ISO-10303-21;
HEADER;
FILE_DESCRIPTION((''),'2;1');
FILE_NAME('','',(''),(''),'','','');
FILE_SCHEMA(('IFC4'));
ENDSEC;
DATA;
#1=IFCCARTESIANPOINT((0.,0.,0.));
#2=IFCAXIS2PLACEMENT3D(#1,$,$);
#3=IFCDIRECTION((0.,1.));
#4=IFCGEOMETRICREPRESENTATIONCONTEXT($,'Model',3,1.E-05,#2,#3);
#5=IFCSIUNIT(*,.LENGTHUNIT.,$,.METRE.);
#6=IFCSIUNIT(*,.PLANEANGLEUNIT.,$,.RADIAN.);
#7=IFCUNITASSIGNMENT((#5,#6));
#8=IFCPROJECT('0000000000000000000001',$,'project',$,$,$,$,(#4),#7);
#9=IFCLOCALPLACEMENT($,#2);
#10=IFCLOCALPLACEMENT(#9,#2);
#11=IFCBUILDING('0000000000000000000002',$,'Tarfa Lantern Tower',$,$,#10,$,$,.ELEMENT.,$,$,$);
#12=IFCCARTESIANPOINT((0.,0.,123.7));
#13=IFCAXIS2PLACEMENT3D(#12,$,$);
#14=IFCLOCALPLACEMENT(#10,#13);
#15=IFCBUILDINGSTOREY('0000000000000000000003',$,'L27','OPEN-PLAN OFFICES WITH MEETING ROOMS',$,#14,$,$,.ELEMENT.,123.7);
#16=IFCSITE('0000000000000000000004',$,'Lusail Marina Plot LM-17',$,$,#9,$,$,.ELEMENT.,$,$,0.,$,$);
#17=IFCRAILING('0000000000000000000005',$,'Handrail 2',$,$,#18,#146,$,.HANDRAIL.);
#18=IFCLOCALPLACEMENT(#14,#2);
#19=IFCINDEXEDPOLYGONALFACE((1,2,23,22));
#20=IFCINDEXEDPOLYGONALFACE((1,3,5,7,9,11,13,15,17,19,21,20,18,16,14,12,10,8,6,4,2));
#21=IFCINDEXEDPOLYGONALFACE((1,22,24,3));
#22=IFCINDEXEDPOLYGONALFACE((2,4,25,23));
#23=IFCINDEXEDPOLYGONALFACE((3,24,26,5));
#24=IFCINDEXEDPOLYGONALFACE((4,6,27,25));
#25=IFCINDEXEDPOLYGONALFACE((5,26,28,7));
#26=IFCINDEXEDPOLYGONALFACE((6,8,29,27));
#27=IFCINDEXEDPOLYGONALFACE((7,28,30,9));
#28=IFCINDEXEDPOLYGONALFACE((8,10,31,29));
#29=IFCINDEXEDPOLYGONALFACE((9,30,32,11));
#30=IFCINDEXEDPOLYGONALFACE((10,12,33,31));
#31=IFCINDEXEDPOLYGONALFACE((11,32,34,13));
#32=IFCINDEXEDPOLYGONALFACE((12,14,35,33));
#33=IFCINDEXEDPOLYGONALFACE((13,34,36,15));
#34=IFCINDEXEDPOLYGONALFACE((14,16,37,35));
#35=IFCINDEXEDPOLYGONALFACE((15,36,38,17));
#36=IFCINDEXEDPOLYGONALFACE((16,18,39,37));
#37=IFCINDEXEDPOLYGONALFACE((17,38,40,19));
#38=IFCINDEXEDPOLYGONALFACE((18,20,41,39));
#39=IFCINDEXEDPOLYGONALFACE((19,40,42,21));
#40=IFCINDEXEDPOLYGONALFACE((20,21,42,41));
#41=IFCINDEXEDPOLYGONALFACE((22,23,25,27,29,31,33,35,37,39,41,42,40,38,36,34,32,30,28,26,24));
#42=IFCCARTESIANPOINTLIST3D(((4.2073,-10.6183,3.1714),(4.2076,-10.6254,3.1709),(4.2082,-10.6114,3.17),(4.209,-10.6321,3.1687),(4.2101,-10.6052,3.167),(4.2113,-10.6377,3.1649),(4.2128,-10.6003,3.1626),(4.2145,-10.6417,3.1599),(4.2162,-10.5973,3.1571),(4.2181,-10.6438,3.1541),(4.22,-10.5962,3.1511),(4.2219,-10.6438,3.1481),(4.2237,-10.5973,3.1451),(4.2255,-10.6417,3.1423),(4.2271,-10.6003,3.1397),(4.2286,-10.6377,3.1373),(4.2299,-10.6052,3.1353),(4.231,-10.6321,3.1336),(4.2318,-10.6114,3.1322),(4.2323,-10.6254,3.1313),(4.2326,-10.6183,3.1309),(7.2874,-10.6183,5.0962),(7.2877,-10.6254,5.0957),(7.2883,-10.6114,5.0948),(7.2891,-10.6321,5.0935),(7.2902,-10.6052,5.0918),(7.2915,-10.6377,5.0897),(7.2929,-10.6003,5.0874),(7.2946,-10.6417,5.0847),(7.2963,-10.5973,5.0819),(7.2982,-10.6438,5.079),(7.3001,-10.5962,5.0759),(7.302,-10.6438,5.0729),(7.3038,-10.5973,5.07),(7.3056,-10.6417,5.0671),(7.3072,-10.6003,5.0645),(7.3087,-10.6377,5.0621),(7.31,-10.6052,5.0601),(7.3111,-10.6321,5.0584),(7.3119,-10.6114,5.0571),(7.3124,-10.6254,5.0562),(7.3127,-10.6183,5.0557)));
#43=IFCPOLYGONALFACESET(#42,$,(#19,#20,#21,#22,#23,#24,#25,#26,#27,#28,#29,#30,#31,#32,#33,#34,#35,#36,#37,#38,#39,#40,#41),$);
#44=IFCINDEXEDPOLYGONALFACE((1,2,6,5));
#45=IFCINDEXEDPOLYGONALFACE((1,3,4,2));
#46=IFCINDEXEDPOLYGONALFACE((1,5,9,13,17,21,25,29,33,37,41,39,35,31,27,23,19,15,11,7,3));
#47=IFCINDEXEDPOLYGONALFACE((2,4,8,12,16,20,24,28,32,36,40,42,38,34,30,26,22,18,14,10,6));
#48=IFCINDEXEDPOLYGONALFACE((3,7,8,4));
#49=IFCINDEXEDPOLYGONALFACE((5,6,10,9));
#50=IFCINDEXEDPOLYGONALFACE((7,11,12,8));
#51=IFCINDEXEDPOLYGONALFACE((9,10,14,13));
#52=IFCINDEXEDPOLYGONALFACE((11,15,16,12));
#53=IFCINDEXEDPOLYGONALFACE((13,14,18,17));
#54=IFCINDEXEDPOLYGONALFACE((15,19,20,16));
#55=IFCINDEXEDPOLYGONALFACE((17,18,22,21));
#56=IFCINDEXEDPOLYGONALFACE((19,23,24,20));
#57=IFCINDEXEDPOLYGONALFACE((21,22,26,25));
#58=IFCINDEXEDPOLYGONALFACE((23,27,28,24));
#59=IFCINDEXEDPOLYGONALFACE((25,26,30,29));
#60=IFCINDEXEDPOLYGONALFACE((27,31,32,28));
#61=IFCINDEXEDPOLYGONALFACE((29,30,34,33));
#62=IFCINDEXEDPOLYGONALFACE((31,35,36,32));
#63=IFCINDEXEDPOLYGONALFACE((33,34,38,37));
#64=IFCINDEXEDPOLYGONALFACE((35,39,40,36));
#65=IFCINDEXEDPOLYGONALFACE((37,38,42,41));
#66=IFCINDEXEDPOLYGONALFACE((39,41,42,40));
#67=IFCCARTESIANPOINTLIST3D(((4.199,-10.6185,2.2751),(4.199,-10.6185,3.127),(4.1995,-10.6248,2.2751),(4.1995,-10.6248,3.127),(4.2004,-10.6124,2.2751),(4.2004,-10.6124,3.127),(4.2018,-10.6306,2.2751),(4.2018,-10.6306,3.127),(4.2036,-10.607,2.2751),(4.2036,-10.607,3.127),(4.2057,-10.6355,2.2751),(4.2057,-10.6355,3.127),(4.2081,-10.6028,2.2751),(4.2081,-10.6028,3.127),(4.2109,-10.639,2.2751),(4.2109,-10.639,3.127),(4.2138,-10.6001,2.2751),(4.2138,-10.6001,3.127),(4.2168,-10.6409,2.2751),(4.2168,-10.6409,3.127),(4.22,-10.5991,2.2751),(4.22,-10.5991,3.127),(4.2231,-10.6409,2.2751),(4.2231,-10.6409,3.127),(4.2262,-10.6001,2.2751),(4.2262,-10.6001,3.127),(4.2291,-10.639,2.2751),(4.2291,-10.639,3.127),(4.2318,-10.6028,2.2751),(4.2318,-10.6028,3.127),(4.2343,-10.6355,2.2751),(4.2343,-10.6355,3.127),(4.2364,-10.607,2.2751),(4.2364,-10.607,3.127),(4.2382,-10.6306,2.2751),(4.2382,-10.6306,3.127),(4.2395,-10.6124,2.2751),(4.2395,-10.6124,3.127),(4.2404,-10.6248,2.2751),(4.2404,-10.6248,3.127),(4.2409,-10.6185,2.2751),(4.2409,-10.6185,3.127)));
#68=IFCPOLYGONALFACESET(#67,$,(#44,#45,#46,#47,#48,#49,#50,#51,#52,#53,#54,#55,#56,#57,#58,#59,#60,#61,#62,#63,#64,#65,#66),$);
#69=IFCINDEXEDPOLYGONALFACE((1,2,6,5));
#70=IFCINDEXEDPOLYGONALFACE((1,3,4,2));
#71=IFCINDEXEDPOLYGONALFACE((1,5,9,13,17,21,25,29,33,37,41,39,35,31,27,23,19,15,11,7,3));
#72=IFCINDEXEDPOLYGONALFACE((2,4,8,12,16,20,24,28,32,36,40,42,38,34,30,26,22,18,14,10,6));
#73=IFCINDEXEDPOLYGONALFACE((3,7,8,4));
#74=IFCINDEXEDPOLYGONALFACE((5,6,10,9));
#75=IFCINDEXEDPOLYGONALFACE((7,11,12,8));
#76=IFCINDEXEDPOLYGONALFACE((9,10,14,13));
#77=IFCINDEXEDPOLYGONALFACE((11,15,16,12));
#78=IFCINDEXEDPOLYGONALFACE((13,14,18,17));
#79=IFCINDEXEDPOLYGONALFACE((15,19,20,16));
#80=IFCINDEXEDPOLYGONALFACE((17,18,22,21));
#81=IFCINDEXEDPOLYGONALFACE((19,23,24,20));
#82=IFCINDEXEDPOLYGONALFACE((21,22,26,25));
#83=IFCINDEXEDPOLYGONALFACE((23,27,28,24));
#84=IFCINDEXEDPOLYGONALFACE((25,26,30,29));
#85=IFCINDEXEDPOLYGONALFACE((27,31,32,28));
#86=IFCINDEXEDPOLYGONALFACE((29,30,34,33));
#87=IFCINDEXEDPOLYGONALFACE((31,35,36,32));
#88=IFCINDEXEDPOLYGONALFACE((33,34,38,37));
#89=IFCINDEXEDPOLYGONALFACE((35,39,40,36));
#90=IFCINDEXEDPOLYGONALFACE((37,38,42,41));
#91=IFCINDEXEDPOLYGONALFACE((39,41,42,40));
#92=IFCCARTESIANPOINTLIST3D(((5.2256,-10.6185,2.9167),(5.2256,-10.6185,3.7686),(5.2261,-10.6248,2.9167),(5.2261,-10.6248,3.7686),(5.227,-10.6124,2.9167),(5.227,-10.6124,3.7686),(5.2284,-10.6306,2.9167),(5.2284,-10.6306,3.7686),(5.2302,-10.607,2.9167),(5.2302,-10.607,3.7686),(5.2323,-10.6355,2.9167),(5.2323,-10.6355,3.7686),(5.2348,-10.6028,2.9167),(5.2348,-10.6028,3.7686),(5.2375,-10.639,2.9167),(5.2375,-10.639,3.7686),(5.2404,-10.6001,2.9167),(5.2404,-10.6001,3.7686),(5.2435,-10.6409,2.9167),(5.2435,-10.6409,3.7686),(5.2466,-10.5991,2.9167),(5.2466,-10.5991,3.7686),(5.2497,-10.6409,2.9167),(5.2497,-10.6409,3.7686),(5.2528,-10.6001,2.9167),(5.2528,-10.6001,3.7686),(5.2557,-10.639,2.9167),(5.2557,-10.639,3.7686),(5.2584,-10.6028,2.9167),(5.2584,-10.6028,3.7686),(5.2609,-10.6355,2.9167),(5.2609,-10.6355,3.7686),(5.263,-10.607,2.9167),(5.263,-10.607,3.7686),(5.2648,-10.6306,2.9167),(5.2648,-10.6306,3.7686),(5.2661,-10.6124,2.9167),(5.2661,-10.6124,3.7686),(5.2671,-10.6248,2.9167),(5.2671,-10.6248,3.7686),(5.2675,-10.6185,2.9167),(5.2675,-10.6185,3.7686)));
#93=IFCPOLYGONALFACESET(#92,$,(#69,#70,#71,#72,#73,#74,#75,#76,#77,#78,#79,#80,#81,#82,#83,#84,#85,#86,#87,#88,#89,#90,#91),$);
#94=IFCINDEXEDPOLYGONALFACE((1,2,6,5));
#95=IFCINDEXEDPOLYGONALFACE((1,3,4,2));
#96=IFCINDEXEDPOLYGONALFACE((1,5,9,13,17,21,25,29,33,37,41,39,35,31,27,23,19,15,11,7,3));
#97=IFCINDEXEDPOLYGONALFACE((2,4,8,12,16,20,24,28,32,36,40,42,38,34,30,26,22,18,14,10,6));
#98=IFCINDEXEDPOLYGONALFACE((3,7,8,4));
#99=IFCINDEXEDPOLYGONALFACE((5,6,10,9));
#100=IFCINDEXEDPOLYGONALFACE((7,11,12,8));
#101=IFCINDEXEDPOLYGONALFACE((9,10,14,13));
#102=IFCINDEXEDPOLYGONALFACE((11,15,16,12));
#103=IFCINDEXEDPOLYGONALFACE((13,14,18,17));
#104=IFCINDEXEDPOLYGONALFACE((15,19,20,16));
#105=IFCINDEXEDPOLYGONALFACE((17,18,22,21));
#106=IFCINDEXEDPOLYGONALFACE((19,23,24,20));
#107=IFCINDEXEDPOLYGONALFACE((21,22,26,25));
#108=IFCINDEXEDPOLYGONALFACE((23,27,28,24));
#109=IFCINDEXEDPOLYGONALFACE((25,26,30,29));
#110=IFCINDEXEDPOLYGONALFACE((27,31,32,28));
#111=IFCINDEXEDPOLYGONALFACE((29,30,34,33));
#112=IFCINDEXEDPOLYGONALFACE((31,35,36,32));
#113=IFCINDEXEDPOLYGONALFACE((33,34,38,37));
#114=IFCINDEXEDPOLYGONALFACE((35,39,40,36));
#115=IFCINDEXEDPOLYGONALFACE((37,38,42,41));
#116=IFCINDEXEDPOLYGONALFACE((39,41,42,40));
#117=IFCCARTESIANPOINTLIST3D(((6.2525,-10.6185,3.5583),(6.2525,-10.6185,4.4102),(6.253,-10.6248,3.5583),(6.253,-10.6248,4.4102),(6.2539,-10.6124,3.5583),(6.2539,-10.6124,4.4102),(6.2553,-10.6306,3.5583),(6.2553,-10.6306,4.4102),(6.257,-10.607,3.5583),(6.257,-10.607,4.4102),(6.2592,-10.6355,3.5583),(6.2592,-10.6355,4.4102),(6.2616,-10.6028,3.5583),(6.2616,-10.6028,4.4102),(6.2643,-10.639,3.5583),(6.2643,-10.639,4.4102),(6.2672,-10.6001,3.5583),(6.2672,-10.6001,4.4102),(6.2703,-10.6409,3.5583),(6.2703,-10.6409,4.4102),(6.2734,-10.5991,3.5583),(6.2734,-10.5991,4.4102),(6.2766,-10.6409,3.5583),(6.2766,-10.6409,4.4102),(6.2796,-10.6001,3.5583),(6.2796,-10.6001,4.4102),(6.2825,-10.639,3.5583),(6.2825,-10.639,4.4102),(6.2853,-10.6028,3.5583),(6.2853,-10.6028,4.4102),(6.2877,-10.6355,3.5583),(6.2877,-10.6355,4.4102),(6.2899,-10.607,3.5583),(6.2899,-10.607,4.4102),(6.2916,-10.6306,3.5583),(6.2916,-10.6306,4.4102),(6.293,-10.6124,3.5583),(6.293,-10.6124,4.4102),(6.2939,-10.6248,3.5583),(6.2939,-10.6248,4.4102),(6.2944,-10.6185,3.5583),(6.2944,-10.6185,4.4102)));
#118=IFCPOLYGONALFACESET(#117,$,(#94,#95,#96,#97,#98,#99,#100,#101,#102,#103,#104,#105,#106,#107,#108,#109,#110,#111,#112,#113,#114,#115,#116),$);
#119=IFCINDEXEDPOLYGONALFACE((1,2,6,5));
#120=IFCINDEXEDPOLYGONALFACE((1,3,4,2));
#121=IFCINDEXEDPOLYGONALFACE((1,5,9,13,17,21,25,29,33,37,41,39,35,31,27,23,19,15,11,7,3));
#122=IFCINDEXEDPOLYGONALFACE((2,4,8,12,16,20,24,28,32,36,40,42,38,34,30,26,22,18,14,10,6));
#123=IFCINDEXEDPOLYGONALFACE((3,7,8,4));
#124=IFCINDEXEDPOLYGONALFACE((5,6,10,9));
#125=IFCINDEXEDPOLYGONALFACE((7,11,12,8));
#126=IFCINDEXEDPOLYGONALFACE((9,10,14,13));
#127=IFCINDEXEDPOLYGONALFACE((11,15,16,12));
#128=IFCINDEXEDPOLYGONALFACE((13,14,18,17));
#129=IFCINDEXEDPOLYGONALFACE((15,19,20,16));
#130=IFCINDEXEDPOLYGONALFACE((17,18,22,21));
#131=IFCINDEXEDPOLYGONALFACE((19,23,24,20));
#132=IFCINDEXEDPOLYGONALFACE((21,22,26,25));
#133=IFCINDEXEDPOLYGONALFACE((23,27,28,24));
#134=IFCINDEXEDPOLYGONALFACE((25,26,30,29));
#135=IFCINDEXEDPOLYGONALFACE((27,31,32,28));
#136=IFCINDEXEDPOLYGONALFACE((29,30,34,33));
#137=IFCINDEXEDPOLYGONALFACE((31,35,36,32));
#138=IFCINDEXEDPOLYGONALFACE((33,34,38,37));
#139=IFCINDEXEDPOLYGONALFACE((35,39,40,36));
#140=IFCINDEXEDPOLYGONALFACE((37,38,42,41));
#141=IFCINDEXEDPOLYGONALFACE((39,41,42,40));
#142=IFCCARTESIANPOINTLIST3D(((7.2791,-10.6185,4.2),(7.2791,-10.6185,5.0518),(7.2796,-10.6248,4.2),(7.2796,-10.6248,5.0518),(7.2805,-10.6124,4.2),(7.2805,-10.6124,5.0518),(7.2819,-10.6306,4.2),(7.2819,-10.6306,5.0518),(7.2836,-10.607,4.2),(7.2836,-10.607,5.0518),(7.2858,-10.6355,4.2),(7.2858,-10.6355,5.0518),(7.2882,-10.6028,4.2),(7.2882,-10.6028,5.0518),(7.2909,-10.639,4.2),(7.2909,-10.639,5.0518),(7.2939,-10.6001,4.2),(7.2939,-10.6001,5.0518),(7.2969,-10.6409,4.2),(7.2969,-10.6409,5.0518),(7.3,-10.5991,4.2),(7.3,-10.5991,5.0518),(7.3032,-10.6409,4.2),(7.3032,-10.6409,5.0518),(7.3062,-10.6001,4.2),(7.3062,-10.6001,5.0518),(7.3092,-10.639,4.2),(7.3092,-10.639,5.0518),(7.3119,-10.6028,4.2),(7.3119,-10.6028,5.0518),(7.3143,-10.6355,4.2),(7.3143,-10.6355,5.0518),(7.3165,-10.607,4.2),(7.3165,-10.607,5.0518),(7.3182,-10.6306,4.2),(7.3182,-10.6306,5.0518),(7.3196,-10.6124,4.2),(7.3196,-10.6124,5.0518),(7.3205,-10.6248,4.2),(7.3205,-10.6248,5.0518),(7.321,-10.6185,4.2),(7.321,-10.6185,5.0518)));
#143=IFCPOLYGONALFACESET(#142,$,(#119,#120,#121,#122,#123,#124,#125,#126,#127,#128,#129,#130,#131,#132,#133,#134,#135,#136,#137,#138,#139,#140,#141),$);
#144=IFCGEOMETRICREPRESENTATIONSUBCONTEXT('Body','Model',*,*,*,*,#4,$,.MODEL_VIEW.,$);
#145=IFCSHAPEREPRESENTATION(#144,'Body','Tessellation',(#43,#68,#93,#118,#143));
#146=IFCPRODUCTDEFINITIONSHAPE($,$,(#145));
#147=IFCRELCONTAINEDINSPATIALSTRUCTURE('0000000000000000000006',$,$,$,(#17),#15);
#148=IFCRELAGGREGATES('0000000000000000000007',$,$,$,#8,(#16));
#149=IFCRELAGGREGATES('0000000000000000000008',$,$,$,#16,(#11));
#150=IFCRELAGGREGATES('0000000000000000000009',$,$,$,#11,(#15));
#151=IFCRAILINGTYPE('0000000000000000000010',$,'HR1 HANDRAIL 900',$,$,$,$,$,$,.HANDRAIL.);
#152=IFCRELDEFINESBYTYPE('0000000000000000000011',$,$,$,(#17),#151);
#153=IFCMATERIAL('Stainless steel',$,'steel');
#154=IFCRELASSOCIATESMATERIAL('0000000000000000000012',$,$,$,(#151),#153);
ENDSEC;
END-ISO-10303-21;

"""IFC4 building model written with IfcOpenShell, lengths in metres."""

from ifc_helpers import new_model, si_unit, direction, frame, origin, origin_2d, place, context, subcontext, project, spatial, circle, extrude, material, type_object, element, save


model = new_model("IFC4")

# Units and contexts
model_context = context("Model", 3, precision=1e-05, world=origin(), true_north=direction((0.0, 1.0)))
body_context = subcontext(model_context, "Body", "Model", "MODEL_VIEW")
ifc_project = project(units=[si_unit("LENGTHUNIT", "METRE"), si_unit("PLANEANGLEUNIT", "RADIAN")], contexts=[model_context])

# Site, building, storey
site_placement = place(None, origin())
site = spatial("IfcSite", under=ifc_project, at=site_placement, Name="Lusail Marina Plot LM-17", CompositionType="ELEMENT", RefElevation=0.0)
building_placement = place(site_placement, origin())
building = spatial("IfcBuilding", under=site, at=building_placement, Name="Tarfa Lantern Tower", CompositionType="ELEMENT")
storey_placement = place(building_placement, frame((0.0, 0.0, 123.7)))
storey = spatial("IfcBuildingStorey", under=building, at=storey_placement, Name="L27", Description="OPEN-PLAN OFFICES WITH MEETING ROOMS", CompositionType="ELEMENT", Elevation=123.7)

# Railing
ifc_material_1 = material(Name="Stainless steel", Category="steel")
railing_type = type_object("IfcRailingType", Name="HR1 HANDRAIL 900", PredefinedType="HANDRAIL", material=ifc_material_1)
railing_placement = place(storey_placement, frame((4.22, -10.6201, 2.2751)))
element("IfcRailing", 1, at=railing_placement, inside=storey, type_object=railing_type, Name="Handrail 2", PredefinedType="HANDRAIL", context=body_context, shape_type="SweptSolid", body=[
    extrude(circle(Radius=0.0239, at=origin_2d()), frame((0.0, 0.0, 0.876), z_axis=(0.848029, 0.0, 0.529951), x_axis=(0.0, 1.0, 0.0)), (0.0, 0.0, 1.0), 3.6321),
    extrude(circle(Radius=0.021, at=origin_2d()), frame((0.0, 0.0, 0.0), z_axis=(0.0, 0.0, 1.0), x_axis=(0.0, 1.0, 0.0)), (0.0, 0.0, 1.0), 0.8518),
    extrude(circle(Radius=0.021, at=origin_2d()), frame((1.0266, 0.0, 0.6416), z_axis=(0.0, 0.0, 1.0), x_axis=(0.0, 1.0, 0.0)), (0.0, 0.0, 1.0), 0.8518),
    extrude(circle(Radius=0.021, at=origin_2d()), frame((2.0535, 0.0, 1.2832), z_axis=(0.0, 0.0, 1.0), x_axis=(0.0, 1.0, 0.0)), (0.0, 0.0, 1.0), 0.8518),
    extrude(circle(Radius=0.021, at=origin_2d()), frame((3.0801, 0.0, 1.9248), z_axis=(0.0, 0.0, 1.0), x_axis=(0.0, 1.0, 0.0)), (0.0, 0.0, 1.0), 0.8518),
])

save(model, "model.ifc")
